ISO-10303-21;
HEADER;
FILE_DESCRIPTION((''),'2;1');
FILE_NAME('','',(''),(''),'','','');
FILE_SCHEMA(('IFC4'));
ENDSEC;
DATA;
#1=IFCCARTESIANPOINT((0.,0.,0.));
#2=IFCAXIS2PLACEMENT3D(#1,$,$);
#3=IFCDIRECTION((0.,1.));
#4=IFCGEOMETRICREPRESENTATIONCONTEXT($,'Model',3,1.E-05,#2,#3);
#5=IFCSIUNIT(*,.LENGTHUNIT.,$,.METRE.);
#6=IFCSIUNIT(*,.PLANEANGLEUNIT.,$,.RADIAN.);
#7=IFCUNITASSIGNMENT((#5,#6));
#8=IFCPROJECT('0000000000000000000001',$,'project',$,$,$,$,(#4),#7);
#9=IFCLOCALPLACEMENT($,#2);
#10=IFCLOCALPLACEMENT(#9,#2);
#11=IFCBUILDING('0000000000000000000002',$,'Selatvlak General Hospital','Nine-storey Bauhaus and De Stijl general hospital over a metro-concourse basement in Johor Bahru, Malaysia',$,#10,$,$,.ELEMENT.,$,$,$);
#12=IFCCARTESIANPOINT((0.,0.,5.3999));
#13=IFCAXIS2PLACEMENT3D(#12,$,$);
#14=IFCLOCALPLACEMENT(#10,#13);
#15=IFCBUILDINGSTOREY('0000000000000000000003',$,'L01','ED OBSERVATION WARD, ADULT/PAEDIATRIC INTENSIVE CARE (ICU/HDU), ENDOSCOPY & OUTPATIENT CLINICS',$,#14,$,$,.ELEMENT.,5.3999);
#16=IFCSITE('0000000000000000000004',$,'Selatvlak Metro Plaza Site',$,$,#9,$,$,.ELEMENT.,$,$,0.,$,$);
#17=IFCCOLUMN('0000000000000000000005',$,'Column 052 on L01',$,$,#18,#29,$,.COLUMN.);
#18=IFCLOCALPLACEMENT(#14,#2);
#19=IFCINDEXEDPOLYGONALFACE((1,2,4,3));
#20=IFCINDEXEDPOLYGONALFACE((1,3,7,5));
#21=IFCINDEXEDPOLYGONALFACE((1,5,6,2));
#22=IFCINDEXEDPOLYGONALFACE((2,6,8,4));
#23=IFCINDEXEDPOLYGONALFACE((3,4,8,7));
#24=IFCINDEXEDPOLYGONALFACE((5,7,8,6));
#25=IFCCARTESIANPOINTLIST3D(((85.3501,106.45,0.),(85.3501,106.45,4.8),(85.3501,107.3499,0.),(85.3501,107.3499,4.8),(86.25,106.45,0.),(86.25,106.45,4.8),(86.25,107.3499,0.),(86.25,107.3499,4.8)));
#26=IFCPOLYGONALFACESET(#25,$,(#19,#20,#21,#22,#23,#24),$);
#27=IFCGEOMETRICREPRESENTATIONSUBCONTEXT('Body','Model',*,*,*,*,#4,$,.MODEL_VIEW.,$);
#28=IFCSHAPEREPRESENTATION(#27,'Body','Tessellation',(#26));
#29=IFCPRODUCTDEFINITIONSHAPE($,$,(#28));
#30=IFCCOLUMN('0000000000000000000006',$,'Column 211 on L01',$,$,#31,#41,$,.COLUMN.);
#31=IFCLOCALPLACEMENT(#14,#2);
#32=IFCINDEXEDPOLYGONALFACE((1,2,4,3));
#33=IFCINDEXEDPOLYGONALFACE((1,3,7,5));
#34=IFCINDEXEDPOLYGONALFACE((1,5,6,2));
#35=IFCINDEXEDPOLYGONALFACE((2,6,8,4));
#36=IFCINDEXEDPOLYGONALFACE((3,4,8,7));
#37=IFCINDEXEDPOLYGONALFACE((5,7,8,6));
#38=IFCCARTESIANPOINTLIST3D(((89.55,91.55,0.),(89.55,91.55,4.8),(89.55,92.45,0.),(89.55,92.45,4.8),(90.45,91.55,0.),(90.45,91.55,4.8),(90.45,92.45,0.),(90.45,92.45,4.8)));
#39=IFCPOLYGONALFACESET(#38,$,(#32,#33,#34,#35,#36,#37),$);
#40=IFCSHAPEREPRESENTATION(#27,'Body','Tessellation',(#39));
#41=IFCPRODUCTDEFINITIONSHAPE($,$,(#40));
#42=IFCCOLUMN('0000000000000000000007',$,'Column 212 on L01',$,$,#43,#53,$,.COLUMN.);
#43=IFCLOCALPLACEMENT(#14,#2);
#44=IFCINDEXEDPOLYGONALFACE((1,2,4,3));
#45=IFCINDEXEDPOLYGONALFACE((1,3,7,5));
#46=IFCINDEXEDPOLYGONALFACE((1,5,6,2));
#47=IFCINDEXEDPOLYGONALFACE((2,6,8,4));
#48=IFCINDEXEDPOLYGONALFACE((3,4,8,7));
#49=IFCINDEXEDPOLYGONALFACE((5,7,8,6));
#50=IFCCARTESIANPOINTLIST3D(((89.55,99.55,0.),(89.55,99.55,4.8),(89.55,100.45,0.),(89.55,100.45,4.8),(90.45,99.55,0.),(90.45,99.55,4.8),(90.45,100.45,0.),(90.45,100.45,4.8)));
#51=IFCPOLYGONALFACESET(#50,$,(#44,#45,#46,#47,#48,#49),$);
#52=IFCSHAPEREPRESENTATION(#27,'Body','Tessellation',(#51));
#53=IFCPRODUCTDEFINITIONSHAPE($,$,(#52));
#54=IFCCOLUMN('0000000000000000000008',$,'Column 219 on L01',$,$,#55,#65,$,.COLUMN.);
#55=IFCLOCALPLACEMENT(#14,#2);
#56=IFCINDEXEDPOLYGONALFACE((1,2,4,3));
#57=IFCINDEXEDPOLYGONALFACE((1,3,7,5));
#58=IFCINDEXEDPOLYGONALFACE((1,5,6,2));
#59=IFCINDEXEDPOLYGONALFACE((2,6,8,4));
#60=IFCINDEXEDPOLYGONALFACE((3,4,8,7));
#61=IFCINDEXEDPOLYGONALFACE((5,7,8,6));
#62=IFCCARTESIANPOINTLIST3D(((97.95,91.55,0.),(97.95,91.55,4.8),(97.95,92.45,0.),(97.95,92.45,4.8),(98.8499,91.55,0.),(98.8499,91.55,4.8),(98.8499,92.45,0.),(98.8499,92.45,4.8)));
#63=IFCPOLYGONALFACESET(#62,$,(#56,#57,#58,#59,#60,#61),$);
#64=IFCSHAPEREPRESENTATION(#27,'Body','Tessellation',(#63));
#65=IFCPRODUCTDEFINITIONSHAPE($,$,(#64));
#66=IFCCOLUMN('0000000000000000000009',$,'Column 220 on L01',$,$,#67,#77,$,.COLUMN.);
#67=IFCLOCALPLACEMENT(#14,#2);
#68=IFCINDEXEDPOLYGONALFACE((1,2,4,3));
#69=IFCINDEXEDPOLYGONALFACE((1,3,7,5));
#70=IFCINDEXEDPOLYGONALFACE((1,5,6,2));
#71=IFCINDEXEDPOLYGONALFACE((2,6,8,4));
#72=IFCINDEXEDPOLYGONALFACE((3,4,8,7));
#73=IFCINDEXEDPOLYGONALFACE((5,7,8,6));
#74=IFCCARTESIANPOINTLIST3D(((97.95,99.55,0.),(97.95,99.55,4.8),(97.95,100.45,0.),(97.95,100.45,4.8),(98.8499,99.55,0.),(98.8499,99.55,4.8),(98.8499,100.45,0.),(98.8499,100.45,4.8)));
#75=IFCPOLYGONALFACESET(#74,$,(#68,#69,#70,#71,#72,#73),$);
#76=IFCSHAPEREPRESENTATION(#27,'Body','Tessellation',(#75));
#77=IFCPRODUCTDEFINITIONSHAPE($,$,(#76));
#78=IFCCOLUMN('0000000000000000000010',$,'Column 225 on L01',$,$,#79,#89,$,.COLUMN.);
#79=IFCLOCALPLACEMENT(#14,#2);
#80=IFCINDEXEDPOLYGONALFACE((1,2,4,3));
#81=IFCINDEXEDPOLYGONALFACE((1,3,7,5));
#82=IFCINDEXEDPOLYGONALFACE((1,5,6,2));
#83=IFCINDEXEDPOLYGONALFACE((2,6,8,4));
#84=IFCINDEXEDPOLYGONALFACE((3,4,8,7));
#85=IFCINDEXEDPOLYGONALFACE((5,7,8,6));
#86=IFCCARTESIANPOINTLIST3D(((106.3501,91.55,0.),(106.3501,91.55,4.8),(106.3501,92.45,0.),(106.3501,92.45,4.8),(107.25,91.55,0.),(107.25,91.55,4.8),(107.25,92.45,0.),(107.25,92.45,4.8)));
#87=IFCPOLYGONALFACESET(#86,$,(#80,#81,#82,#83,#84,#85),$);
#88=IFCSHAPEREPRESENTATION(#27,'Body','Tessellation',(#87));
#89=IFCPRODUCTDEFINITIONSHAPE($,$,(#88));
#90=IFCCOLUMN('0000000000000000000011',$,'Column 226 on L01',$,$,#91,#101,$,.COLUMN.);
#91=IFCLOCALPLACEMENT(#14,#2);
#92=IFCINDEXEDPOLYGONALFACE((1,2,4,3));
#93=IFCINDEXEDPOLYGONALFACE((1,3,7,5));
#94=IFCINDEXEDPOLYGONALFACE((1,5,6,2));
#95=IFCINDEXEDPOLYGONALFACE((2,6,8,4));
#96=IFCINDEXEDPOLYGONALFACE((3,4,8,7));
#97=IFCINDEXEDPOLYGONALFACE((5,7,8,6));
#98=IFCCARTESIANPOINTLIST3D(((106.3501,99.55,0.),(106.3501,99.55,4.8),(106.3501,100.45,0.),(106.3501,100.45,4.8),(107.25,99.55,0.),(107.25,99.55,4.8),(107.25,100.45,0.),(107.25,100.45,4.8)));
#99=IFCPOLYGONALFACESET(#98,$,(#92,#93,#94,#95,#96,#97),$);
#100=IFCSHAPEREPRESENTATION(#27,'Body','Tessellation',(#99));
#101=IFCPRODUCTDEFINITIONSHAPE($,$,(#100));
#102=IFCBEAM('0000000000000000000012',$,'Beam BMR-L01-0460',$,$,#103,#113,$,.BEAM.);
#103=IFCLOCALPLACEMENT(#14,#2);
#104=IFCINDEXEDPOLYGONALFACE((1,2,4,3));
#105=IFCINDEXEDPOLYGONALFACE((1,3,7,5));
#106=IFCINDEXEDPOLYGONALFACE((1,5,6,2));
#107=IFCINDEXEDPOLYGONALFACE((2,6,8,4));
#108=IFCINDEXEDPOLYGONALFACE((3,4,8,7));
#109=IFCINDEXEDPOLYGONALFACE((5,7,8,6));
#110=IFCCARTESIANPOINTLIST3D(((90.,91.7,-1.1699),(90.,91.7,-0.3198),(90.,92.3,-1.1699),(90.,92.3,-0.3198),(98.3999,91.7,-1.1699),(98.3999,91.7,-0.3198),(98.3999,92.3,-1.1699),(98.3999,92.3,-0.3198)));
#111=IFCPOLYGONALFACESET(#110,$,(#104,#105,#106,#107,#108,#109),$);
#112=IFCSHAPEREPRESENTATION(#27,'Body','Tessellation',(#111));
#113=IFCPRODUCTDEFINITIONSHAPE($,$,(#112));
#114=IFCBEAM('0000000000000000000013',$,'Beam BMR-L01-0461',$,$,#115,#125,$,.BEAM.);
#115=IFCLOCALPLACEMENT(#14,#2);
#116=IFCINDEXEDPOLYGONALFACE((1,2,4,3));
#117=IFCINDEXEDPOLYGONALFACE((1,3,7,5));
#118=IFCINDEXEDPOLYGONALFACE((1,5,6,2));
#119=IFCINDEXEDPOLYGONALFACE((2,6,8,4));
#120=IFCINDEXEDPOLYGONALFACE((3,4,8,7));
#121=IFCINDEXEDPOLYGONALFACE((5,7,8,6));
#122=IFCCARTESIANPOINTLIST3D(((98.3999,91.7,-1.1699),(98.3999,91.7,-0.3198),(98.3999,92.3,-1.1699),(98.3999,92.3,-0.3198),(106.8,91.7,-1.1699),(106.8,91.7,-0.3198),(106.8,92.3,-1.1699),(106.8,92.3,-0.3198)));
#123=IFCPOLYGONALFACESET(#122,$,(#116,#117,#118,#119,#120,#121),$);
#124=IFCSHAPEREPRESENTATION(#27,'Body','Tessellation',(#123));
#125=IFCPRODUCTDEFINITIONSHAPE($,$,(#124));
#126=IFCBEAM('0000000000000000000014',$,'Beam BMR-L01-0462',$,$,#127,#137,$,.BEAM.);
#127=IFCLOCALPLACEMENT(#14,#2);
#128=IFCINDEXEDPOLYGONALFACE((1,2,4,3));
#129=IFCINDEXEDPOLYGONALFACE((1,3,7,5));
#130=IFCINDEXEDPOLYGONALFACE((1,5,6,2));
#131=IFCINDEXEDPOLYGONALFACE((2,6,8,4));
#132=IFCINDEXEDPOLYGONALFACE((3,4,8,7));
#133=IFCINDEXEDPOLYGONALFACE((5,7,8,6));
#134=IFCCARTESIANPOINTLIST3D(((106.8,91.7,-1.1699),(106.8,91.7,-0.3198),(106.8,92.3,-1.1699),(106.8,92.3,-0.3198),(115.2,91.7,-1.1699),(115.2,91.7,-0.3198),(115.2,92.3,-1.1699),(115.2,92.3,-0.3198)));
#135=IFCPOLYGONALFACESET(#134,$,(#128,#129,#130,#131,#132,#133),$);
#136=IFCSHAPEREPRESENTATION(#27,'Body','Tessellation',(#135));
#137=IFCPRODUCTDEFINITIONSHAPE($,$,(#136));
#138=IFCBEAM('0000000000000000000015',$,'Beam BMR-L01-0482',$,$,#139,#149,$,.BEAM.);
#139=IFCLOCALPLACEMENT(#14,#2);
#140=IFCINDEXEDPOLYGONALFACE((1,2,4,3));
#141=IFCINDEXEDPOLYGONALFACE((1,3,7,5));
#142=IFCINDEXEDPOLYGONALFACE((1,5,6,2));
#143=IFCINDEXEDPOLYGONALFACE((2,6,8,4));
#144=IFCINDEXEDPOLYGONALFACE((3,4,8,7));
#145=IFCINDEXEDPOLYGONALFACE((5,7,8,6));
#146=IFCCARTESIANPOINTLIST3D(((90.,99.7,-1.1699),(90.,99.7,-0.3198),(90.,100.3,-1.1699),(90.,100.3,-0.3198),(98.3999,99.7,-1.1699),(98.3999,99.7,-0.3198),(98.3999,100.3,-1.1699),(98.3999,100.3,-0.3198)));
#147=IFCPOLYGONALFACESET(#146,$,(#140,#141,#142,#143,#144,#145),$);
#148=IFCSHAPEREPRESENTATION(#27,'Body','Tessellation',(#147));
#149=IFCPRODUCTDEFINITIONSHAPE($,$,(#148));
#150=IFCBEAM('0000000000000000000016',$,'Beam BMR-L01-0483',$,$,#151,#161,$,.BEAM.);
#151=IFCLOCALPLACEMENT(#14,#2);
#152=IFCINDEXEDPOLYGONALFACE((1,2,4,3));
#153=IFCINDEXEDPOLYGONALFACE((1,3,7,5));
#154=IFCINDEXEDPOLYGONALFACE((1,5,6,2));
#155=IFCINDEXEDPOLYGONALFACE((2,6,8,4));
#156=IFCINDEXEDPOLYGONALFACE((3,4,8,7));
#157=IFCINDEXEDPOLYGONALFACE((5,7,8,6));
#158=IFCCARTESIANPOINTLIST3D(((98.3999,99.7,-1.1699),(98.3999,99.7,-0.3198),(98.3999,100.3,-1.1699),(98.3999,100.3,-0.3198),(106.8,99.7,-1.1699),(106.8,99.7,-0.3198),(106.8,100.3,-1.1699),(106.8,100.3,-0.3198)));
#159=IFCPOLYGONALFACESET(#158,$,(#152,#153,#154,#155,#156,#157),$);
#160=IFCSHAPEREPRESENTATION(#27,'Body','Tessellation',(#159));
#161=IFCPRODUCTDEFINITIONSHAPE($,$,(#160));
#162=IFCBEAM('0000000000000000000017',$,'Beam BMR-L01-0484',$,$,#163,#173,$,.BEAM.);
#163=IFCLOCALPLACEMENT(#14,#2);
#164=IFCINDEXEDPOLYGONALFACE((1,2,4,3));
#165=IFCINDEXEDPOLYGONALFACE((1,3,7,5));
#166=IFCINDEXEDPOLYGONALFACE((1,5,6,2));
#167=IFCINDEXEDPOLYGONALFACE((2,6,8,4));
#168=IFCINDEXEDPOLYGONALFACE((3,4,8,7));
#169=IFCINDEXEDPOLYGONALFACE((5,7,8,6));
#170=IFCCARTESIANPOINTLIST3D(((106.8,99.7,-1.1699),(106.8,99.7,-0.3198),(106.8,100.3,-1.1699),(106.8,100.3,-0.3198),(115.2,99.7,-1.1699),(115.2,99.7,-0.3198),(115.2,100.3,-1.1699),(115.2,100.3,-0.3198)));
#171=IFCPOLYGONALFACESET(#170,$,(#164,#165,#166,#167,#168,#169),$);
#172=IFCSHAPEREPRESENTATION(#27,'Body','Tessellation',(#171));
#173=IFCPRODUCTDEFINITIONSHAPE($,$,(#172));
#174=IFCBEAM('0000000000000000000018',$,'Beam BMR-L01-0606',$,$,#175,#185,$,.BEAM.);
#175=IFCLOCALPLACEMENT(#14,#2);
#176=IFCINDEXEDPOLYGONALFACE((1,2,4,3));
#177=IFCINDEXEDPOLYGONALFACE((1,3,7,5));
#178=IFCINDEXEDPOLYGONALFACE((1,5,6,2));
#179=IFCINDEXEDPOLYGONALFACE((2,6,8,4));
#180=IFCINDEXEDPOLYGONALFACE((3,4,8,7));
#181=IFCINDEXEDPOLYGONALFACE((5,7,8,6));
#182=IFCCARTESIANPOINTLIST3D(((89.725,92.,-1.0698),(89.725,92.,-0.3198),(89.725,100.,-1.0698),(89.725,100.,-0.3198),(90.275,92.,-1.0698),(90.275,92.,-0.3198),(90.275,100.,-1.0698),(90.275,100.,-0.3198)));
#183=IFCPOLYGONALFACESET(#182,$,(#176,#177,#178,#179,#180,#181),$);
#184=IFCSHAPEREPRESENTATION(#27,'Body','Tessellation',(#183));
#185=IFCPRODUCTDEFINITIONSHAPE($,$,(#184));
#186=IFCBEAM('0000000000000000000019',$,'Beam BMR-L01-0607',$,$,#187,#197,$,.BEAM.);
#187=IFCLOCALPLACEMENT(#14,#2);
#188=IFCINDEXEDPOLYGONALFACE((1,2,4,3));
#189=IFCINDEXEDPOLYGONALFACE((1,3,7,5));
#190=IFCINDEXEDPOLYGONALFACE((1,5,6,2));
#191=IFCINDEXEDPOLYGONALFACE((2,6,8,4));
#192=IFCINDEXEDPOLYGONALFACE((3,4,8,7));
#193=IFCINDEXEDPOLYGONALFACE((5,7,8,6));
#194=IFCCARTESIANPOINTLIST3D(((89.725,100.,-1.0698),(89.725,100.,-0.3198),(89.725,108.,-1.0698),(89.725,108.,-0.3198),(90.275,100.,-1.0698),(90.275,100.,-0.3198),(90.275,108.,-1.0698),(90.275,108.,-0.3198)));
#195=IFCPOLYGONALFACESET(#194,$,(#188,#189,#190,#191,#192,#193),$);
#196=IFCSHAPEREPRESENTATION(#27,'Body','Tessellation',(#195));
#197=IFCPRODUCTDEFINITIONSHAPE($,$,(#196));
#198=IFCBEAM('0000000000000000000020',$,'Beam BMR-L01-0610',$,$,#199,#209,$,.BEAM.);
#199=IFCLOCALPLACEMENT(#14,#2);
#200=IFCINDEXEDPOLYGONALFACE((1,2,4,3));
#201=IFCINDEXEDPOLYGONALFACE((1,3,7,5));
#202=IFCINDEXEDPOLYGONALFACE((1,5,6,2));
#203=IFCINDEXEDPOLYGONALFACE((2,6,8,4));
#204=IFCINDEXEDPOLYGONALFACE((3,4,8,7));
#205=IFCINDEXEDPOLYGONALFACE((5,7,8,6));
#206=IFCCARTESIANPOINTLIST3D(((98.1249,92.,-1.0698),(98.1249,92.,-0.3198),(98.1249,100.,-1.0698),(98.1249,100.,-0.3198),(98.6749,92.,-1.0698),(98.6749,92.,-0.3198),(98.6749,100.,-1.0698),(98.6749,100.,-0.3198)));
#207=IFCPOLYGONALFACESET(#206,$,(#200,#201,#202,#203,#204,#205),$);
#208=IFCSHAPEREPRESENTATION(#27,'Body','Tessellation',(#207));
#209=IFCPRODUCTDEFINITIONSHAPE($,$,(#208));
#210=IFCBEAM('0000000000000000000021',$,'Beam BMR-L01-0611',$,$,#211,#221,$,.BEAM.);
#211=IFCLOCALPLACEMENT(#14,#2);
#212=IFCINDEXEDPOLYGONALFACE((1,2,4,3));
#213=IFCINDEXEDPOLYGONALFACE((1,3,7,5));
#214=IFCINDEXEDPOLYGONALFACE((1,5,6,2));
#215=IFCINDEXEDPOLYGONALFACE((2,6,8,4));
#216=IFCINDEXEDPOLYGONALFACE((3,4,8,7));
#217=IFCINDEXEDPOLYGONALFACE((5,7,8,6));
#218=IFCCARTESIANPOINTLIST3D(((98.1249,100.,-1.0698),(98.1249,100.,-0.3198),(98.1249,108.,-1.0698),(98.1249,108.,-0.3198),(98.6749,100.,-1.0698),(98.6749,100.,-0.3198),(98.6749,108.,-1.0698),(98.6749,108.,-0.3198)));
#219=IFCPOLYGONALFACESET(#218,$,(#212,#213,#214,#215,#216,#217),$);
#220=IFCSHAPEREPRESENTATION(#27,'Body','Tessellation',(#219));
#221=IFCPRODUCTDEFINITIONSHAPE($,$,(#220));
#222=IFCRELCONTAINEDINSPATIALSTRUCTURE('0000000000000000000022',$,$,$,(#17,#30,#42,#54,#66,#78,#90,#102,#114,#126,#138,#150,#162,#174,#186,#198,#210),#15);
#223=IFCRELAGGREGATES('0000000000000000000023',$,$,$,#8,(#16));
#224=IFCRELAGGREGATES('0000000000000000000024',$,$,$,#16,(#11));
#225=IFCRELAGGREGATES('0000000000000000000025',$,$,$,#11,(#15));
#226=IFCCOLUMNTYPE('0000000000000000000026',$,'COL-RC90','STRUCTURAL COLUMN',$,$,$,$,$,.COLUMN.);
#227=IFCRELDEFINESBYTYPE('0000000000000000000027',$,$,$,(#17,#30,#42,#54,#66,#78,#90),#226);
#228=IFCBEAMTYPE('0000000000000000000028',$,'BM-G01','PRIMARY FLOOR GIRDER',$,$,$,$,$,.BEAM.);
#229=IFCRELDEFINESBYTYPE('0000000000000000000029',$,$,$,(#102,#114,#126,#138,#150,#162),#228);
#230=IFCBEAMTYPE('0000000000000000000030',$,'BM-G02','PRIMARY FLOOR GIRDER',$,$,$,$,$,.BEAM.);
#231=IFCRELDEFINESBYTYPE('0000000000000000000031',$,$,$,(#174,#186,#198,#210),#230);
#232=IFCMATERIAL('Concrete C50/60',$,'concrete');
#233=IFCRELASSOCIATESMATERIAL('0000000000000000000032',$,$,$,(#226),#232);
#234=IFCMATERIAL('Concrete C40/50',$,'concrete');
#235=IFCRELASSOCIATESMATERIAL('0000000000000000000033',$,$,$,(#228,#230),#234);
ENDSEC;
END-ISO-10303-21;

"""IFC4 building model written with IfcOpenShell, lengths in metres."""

from ifc_helpers import new_model, si_unit, direction, frame, origin, origin_2d, place, context, subcontext, project, spatial, rectangle, extrude, material, material_profile, profile_set, type_object, element, save


model = new_model("IFC4")

# Units and contexts
model_context = context("Model", 3, precision=1e-05, world=origin(), true_north=direction((0.0, 1.0)))
body_context = subcontext(model_context, "Body", "Model", "MODEL_VIEW")
ifc_project = project(units=[si_unit("LENGTHUNIT", "METRE"), si_unit("PLANEANGLEUNIT", "RADIAN")], contexts=[model_context])

# Site, building, storey
site_placement = place(None, origin())
site = spatial("IfcSite", under=ifc_project, at=site_placement, Name="Selatvlak Metro Plaza Site", CompositionType="ELEMENT", RefElevation=0.0)
building_placement = place(site_placement, origin())
building = spatial("IfcBuilding", under=site, at=building_placement, Name="Selatvlak General Hospital", Description="Nine-storey Bauhaus and De Stijl general hospital over a metro-concourse basement in Johor Bahru, Malaysia", CompositionType="ELEMENT")
storey_placement = place(building_placement, frame((0.0, 0.0, 5.3999)))
storey = spatial("IfcBuildingStorey", under=building, at=storey_placement, Name="L01", Description="ED OBSERVATION WARD, ADULT/PAEDIATRIC INTENSIVE CARE (ICU/HDU), ENDOSCOPY & OUTPATIENT CLINICS", CompositionType="ELEMENT", Elevation=5.3999)

# Columns
ifc_material_1 = material(Name="Concrete C50/60", Category="concrete")
ifc_material_profile_1 = material_profile(ifc_material_1, rectangle(XDim=0.8999, YDim=0.8999, at=origin_2d()), Name="RC-COL 900x900")
ifc_profile_set_1 = profile_set([ifc_material_profile_1], Name="Concrete C50/60")
column_type = type_object("IfcColumnType", Name="COL-RC90", Description="STRUCTURAL COLUMN", PredefinedType="COLUMN", material=ifc_profile_set_1)
for number, where, z_axis, x_axis, name in (
    (1, (85.8, 106.8999, 0.0), (0.0, 0.0, 1.0), (1.0, 0.0, 0.0), "Column 052 on L01"),
    (2, (90.0, 92.0, 0.0), (0.0, 0.0, 1.0), (1.0, 0.0, 0.0), "Column 211 on L01"),
    (3, (90.0, 100.0, 0.0), (0.0, 0.0, 1.0), (1.0, 0.0, 0.0), "Column 212 on L01"),
    (4, (98.3999, 92.0, 0.0), (0.0, 0.0, 1.0), (1.0, 0.0, 0.0), "Column 219 on L01"),
    (5, (98.3999, 100.0, 0.0), (0.0, 0.0, 1.0), (1.0, 0.0, 0.0), "Column 220 on L01"),
    (6, (106.8, 92.0, 0.0), (0.0, 0.0, 1.0), (1.0, 0.0, 0.0), "Column 225 on L01"),
    (7, (106.8, 100.0, 0.0), (0.0, 0.0, 1.0), (1.0, 0.0, 0.0), "Column 226 on L01"),
):
    element("IfcColumn", number, at=place(storey_placement, frame(where, z_axis=z_axis, x_axis=x_axis)), inside=storey, type_object=column_type, Name=name, PredefinedType="COLUMN", context=body_context, shape_type="SweptSolid", body=[
        extrude(rectangle(XDim=0.8999, YDim=0.8999, at=origin_2d()), origin(), (0.0, 0.0, 1.0), 4.8),
    ])

# Beams
ifc_material_2 = material(Name="Concrete C40/50", Category="concrete")
ifc_material_profile_2 = material_profile(ifc_material_2, rectangle(XDim=0.6001, YDim=0.8501, at=origin_2d()), Name="RC-BM 600x850")
ifc_profile_set_2 = profile_set([ifc_material_profile_2], Name="Concrete C40/50")
beam_type_1 = type_object("IfcBeamType", Name="BM-G01", Description="PRIMARY FLOOR GIRDER", PredefinedType="BEAM", material=ifc_profile_set_2)
beam_1_placement = place(storey_placement, frame((90.0, 92.0, -0.7449), z_axis=(1.0, 0.0, 0.0), x_axis=(0.0, 1.0, 0.0)))
element("IfcBeam", 8, at=beam_1_placement, inside=storey, type_object=beam_type_1, Name="Beam BMR-L01-0460", PredefinedType="BEAM", context=body_context, shape_type="SweptSolid", body=[
    extrude(rectangle(XDim=0.6001, YDim=0.8501, at=origin_2d()), origin(), (0.0, 0.0, 1.0), 8.3999),
])
beam_2_placement = place(storey_placement, frame((98.3999, 92.0, -0.7449), z_axis=(1.0, 0.0, 0.0), x_axis=(0.0, 1.0, 0.0)))
element("IfcBeam", 9, at=beam_2_placement, inside=storey, type_object=beam_type_1, Name="Beam BMR-L01-0461", PredefinedType="BEAM", context=body_context, shape_type="SweptSolid", body=[
    extrude(rectangle(XDim=0.6001, YDim=0.8501, at=origin_2d()), origin(), (0.0, 0.0, 1.0), 8.4001),
])
for number, where, z_axis, x_axis, name in (
    (10, (106.8, 92.0, -0.7449), (1.0, 0.0, 0.0), (0.0, 1.0, 0.0), "Beam BMR-L01-0462"),
    (11, (90.0, 100.0, -0.7449), (1.0, 0.0, 0.0), (0.0, 1.0, 0.0), "Beam BMR-L01-0482"),
):
    element("IfcBeam", number, at=place(storey_placement, frame(where, z_axis=z_axis, x_axis=x_axis)), inside=storey, type_object=beam_type_1, Name=name, PredefinedType="BEAM", context=body_context, shape_type="SweptSolid", body=[
        extrude(rectangle(XDim=0.6001, YDim=0.8501, at=origin_2d()), origin(), (0.0, 0.0, 1.0), 8.3999),
    ])
beam_3_placement = place(storey_placement, frame((98.3999, 100.0, -0.7449), z_axis=(1.0, 0.0, 0.0), x_axis=(0.0, 1.0, 0.0)))
element("IfcBeam", 12, at=beam_3_placement, inside=storey, type_object=beam_type_1, Name="Beam BMR-L01-0483", PredefinedType="BEAM", context=body_context, shape_type="SweptSolid", body=[
    extrude(rectangle(XDim=0.6001, YDim=0.8501, at=origin_2d()), origin(), (0.0, 0.0, 1.0), 8.4001),
])
beam_4_placement = place(storey_placement, frame((106.8, 100.0, -0.7449), z_axis=(1.0, 0.0, 0.0), x_axis=(0.0, 1.0, 0.0)))
element("IfcBeam", 13, at=beam_4_placement, inside=storey, type_object=beam_type_1, Name="Beam BMR-L01-0484", PredefinedType="BEAM", context=body_context, shape_type="SweptSolid", body=[
    extrude(rectangle(XDim=0.6001, YDim=0.8501, at=origin_2d()), origin(), (0.0, 0.0, 1.0), 8.3999),
])
ifc_material_profile_3 = material_profile(ifc_material_2, rectangle(XDim=0.55, YDim=0.75, at=origin_2d()), Name="RC-BM 550x750")
ifc_profile_set_3 = profile_set([ifc_material_profile_3], Name="Concrete C40/50")
beam_type_2 = type_object("IfcBeamType", Name="BM-G02", Description="PRIMARY FLOOR GIRDER", PredefinedType="BEAM", material=ifc_profile_set_3)
for number, where, z_axis, x_axis, name in (
    (14, (90.0, 92.0, -0.6948), (0.0, 1.0, 0.0), (-1.0, 0.0, 0.0), "Beam BMR-L01-0606"),
    (15, (90.0, 100.0, -0.6948), (0.0, 1.0, 0.0), (-1.0, 0.0, 0.0), "Beam BMR-L01-0607"),
    (16, (98.3999, 92.0, -0.6948), (0.0, 1.0, 0.0), (-1.0, 0.0, 0.0), "Beam BMR-L01-0610"),
    (17, (98.3999, 100.0, -0.6948), (0.0, 1.0, 0.0), (-1.0, 0.0, 0.0), "Beam BMR-L01-0611"),
):
    element("IfcBeam", number, at=place(storey_placement, frame(where, z_axis=z_axis, x_axis=x_axis)), inside=storey, type_object=beam_type_2, Name=name, PredefinedType="BEAM", context=body_context, shape_type="SweptSolid", body=[
        extrude(rectangle(XDim=0.55, YDim=0.75, at=origin_2d()), origin(), (0.0, 0.0, 1.0), 8.0),
    ])

save(model, "model.ifc")
